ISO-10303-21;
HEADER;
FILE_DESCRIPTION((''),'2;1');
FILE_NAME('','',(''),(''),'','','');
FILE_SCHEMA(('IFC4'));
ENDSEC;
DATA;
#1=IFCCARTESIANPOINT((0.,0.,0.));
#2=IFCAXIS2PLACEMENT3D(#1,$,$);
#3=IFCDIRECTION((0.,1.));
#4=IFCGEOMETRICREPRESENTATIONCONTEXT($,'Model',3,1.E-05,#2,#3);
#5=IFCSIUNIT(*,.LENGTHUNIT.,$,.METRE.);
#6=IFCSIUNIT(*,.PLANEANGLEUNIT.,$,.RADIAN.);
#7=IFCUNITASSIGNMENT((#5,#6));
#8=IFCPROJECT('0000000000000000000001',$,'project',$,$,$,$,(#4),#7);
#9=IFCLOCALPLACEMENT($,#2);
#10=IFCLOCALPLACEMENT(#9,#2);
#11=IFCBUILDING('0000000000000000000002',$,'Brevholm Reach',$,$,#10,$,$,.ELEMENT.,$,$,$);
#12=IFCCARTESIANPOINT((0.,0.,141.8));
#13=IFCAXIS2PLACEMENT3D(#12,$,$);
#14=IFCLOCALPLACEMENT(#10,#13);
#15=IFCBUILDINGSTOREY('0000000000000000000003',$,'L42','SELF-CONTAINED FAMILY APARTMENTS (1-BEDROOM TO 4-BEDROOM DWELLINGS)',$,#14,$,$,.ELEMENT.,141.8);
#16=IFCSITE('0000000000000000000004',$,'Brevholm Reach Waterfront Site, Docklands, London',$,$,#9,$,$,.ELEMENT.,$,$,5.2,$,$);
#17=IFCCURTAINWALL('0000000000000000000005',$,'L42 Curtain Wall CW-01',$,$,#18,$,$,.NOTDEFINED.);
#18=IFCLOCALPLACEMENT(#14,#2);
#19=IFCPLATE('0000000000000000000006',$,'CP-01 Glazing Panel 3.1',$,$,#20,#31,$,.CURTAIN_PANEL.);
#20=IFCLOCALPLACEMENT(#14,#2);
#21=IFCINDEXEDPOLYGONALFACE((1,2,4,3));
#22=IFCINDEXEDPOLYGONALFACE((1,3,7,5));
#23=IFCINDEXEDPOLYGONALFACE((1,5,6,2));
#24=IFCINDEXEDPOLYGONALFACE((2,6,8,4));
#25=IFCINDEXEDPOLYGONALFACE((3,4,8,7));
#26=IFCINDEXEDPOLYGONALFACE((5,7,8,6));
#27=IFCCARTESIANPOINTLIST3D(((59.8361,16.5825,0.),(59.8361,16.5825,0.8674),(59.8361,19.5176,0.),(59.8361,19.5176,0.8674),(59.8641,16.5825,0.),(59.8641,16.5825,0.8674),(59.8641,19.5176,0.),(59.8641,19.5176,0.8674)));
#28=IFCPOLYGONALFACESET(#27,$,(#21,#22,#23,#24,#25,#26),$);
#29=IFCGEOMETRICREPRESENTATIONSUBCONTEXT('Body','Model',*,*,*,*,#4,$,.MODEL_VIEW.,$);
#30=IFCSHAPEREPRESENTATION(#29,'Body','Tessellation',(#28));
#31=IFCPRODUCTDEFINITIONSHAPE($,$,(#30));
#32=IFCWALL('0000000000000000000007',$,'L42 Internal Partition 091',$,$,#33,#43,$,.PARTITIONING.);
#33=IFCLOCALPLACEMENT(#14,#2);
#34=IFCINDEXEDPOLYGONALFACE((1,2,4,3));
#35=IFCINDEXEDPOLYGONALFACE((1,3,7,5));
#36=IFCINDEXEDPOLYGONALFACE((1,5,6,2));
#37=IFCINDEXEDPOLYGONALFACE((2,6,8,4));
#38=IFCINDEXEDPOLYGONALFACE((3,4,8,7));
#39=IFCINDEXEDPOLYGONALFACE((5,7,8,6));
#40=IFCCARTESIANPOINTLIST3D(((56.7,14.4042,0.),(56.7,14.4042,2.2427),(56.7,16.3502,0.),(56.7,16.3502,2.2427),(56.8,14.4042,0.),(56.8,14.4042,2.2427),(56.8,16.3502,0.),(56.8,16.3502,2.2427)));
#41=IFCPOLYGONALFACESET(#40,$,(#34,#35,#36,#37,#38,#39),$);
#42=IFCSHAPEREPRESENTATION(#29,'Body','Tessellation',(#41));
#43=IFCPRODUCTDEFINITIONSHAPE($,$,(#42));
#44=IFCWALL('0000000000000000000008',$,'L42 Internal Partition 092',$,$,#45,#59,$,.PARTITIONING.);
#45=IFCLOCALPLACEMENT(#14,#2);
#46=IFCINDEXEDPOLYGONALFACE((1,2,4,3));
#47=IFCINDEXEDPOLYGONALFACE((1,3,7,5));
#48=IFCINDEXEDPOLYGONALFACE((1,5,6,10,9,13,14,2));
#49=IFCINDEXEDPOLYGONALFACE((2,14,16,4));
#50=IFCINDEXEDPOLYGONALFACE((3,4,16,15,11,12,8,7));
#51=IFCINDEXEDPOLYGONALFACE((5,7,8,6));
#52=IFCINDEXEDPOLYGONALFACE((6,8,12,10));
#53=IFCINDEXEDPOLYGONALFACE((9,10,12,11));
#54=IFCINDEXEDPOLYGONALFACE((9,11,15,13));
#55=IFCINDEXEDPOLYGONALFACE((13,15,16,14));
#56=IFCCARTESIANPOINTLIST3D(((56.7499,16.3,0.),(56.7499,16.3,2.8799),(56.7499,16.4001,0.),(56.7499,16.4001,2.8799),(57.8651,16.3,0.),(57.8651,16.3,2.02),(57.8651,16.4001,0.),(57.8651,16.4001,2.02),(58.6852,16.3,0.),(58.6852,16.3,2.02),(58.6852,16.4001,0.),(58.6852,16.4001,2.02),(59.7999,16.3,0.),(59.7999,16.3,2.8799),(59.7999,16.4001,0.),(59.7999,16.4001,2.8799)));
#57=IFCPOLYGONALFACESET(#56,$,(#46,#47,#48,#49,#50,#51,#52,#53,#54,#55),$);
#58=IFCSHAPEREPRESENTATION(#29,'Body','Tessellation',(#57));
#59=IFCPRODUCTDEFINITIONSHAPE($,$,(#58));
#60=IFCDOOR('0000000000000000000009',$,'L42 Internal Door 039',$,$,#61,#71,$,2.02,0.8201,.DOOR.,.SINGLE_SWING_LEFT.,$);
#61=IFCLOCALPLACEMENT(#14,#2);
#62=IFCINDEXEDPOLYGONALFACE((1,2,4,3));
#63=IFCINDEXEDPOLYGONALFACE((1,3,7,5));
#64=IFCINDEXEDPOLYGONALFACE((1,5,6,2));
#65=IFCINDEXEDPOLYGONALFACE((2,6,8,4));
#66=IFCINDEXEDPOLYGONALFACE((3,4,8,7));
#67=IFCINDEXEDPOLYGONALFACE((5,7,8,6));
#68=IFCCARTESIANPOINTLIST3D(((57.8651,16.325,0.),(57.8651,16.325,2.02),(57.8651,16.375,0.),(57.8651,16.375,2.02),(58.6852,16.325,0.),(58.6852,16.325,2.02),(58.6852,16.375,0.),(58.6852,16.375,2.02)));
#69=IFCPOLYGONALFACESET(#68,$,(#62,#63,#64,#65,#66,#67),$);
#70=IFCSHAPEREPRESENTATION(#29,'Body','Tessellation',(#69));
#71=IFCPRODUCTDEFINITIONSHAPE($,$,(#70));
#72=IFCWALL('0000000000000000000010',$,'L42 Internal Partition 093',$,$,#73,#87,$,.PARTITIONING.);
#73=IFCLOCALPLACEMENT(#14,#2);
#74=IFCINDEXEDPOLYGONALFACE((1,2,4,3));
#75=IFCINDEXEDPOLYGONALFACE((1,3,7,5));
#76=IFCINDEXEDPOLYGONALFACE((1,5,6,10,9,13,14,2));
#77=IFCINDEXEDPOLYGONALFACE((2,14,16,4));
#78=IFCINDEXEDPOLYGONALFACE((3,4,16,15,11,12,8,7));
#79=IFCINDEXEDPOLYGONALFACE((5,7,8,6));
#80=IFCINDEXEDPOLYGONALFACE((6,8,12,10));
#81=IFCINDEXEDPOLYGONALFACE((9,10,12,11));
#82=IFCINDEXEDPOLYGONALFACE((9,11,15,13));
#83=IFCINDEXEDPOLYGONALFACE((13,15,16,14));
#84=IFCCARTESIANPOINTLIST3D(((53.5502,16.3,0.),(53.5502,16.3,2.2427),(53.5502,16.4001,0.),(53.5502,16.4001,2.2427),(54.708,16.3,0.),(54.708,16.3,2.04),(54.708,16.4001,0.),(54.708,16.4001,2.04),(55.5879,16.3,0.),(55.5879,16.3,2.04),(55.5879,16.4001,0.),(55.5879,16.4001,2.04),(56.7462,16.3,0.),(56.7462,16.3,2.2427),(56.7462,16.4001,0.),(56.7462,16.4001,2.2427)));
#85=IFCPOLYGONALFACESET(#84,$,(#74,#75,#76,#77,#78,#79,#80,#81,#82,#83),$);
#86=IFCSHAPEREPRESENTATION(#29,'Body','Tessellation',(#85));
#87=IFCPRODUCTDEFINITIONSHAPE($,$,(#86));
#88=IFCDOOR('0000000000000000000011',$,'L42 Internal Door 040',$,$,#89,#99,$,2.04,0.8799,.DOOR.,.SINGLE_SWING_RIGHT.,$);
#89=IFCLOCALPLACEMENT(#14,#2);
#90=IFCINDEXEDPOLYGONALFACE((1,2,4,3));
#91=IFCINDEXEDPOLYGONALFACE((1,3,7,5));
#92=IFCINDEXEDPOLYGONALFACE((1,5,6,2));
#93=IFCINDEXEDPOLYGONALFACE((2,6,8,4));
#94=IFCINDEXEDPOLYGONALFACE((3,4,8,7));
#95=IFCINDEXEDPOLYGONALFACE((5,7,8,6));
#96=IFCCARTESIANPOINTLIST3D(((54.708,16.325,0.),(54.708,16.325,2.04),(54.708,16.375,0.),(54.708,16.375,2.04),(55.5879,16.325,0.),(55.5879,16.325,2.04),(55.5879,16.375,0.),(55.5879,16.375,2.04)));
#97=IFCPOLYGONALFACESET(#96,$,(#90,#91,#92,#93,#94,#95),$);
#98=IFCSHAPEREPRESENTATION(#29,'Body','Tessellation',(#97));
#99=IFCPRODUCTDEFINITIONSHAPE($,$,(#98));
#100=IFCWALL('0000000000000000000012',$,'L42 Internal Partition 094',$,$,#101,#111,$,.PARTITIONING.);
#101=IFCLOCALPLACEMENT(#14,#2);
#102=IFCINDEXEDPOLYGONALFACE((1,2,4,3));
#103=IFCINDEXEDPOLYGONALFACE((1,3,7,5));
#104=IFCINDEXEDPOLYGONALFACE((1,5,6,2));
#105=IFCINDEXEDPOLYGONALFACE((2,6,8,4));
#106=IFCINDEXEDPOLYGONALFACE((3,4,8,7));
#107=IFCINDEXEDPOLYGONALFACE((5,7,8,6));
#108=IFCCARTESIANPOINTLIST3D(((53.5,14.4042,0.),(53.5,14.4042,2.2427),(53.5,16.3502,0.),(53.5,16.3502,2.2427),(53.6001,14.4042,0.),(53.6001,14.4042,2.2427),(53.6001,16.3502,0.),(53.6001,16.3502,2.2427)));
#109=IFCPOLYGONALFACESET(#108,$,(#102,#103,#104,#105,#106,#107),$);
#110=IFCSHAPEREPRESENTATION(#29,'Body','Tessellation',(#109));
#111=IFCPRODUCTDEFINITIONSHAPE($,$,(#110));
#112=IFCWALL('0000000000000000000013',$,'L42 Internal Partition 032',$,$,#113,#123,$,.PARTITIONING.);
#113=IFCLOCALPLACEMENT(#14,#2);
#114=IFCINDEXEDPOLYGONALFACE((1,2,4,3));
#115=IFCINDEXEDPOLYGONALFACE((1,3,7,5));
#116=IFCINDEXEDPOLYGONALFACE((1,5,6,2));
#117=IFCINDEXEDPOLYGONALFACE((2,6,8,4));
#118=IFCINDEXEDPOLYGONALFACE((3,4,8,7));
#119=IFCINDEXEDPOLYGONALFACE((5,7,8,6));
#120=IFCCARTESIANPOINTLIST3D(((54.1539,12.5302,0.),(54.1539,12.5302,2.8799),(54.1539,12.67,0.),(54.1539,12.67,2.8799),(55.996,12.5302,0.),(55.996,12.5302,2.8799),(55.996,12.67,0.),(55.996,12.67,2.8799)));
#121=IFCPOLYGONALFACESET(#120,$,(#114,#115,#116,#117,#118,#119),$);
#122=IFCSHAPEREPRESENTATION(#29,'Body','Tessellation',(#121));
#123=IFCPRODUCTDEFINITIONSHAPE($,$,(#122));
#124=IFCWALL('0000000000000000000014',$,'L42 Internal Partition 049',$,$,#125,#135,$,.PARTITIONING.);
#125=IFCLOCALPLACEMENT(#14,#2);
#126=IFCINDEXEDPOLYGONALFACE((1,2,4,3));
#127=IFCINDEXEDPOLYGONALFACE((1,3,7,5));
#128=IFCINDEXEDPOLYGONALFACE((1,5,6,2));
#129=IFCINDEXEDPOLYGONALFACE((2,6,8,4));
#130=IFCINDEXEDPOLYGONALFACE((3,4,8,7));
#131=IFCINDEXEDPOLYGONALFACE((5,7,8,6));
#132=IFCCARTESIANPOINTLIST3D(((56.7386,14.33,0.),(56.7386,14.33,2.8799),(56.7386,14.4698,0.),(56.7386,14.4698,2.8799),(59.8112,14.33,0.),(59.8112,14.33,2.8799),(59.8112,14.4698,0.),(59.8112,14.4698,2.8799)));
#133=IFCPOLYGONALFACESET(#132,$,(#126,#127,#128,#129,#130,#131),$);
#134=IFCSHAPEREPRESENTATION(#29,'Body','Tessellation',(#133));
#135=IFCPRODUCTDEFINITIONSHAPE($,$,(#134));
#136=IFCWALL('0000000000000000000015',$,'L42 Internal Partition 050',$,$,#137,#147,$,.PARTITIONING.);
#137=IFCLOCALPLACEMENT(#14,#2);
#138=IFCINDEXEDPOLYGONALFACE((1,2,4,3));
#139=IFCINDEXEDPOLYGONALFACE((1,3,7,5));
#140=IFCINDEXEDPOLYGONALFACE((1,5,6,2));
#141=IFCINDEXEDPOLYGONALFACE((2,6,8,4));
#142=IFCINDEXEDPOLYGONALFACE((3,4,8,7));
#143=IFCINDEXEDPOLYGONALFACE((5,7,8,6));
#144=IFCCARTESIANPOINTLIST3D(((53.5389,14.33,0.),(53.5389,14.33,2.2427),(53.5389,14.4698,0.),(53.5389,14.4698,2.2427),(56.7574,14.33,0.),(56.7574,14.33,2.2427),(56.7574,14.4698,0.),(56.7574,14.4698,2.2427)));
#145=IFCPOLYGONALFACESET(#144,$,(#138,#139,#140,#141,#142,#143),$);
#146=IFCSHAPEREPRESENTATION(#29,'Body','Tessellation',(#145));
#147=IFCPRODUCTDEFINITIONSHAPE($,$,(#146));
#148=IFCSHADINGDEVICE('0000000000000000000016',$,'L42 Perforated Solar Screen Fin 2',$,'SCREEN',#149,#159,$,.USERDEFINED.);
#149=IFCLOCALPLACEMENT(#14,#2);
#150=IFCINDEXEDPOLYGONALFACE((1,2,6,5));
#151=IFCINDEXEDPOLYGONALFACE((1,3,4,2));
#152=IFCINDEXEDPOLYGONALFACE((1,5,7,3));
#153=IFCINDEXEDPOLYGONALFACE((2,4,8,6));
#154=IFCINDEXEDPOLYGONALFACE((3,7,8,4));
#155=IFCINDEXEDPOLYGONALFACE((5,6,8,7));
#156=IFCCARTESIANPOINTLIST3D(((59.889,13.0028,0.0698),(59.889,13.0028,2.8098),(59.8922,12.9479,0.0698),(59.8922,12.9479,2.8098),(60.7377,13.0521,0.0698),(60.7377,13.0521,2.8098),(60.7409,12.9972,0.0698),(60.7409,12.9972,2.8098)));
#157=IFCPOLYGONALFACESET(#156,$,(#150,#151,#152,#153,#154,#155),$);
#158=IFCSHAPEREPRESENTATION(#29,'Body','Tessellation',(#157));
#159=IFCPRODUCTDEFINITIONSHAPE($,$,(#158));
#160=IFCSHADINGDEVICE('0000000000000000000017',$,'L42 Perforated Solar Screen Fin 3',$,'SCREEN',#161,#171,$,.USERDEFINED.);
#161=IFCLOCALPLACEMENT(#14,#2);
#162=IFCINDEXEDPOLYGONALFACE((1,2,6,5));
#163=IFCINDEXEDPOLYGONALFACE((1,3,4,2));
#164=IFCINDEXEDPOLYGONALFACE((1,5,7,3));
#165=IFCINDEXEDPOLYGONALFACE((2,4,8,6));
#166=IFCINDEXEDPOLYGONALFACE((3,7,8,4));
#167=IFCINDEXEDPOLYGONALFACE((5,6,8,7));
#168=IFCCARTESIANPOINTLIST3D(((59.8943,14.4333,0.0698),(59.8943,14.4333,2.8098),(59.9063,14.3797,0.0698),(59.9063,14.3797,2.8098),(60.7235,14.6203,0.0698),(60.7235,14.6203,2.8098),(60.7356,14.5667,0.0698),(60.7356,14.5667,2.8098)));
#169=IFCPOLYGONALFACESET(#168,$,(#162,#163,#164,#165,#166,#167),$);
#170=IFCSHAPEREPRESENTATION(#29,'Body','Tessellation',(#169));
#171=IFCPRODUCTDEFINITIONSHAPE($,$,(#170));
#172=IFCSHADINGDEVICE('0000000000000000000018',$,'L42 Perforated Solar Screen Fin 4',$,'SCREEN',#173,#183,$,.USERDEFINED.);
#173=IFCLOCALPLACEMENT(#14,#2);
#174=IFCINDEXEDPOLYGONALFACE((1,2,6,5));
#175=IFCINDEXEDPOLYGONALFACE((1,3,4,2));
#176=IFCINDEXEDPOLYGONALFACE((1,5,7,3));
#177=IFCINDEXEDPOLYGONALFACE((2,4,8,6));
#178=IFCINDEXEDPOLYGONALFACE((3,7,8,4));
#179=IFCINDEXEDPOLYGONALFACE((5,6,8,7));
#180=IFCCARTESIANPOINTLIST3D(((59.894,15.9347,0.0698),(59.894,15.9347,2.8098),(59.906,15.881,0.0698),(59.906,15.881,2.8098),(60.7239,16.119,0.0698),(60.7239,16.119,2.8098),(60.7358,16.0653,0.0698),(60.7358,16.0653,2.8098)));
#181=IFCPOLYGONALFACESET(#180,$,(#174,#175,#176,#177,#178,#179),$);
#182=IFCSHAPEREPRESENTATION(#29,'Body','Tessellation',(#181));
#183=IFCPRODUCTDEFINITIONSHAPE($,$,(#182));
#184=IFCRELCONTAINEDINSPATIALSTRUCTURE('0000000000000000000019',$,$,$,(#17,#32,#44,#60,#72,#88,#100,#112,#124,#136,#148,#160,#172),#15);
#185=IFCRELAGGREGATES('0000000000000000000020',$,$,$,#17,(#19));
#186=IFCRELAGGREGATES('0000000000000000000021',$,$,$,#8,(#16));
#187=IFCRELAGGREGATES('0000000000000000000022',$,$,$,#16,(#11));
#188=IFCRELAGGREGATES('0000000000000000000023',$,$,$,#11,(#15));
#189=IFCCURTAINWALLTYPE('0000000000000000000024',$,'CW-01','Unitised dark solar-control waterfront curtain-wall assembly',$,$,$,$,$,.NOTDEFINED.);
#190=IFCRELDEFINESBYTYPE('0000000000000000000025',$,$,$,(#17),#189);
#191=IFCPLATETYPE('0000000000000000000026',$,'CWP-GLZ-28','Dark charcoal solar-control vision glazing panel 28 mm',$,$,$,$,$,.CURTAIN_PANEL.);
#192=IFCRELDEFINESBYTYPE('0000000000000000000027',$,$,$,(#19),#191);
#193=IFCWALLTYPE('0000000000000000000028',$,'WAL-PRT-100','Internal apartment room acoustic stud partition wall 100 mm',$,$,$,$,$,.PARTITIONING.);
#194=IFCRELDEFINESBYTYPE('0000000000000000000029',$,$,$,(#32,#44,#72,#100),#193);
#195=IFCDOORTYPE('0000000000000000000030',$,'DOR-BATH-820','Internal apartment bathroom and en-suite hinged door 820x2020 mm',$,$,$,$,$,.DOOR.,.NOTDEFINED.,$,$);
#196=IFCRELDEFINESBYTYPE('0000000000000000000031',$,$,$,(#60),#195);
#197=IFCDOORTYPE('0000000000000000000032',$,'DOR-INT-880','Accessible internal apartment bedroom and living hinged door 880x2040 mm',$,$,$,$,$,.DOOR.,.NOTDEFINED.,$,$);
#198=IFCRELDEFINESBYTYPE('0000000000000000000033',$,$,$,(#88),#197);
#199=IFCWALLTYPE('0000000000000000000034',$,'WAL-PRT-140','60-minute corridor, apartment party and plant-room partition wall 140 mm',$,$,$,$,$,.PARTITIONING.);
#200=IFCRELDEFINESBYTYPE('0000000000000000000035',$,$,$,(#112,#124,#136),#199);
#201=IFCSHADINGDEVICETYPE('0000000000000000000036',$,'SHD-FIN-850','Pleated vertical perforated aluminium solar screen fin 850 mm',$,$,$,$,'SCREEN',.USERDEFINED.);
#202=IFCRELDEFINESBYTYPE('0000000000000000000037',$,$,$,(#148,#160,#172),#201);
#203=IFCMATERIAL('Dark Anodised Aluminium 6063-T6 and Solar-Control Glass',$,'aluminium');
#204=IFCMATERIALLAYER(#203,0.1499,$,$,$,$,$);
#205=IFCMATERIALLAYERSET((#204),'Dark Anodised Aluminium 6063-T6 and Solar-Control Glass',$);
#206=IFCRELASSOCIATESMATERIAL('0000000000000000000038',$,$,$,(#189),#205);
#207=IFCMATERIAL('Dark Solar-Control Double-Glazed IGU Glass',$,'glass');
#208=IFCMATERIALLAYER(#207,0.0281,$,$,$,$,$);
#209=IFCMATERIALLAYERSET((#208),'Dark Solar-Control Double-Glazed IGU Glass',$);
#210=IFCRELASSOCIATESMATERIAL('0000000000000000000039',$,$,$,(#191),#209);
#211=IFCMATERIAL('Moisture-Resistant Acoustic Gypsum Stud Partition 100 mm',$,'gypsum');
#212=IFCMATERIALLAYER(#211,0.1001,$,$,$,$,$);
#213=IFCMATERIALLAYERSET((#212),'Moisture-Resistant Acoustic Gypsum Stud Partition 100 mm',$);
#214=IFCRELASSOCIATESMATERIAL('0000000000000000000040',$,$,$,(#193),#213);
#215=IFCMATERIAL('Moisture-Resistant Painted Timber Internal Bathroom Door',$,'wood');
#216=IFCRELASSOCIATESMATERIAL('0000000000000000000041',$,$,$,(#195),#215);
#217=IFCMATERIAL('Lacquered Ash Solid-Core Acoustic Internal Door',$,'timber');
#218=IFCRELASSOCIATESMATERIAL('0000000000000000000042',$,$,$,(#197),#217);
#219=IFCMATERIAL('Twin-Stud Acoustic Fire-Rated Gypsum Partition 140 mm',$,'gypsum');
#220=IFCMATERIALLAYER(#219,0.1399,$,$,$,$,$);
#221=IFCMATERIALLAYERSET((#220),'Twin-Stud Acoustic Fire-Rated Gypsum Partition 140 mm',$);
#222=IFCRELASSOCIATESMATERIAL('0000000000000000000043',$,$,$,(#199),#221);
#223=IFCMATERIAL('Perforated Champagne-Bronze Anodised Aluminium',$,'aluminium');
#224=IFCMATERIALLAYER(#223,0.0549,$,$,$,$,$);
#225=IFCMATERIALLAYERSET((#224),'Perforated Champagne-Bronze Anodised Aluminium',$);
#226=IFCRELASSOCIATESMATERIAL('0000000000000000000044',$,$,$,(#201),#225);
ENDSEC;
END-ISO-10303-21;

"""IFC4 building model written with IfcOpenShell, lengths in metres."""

from ifc_helpers import new_model, si_unit, direction, frame, frame_2d, origin, origin_2d, place, context, subcontext, project, spatial, rectangle, extrude, material, layer, layer_set, type_object, element, fill, aggregate, save


model = new_model("IFC4")

# Units and contexts
model_context = context("Model", 3, precision=1e-05, world=origin(), true_north=direction((0.0, 1.0)))
body_context = subcontext(model_context, "Body", "Model", "MODEL_VIEW")
ifc_project = project(units=[si_unit("LENGTHUNIT", "METRE"), si_unit("PLANEANGLEUNIT", "RADIAN")], contexts=[model_context])

# Site, building, storey
site_placement = place(None, origin())
site = spatial("IfcSite", under=ifc_project, at=site_placement, Name="Brevholm Reach Waterfront Site, Docklands, London", CompositionType="ELEMENT", RefElevation=5.2)
building_placement = place(site_placement, origin())
building = spatial("IfcBuilding", under=site, at=building_placement, Name="Brevholm Reach", CompositionType="ELEMENT")
storey_placement = place(building_placement, frame((0.0, 0.0, 141.8)))
storey = spatial("IfcBuildingStorey", under=building, at=storey_placement, Name="L42", Description="SELF-CONTAINED FAMILY APARTMENTS (1-BEDROOM TO 4-BEDROOM DWELLINGS)", CompositionType="ELEMENT", Elevation=141.8)

# Curtain wall, plate
ifc_material_1 = material(Name="Dark Anodised Aluminium 6063-T6 and Solar-Control Glass", Category="aluminium")
ifc_layer_1 = layer(ifc_material_1, 0.1499)
ifc_layer_set_1 = layer_set([ifc_layer_1], Name="Dark Anodised Aluminium 6063-T6 and Solar-Control Glass")
curtain_wall_type = type_object("IfcCurtainWallType", Name="CW-01", Description="Unitised dark solar-control waterfront curtain-wall assembly", PredefinedType="NOTDEFINED", material=ifc_layer_set_1)
curtain_wall_placement = place(storey_placement, origin())
curtain_wall = element("IfcCurtainWall", 1, at=curtain_wall_placement, inside=storey, type_object=curtain_wall_type, Name="L42 Curtain Wall CW-01", PredefinedType="NOTDEFINED")
ifc_material_2 = material(Name="Dark Solar-Control Double-Glazed IGU Glass", Category="glass")
ifc_layer_2 = layer(ifc_material_2, 0.0281)
ifc_layer_set_2 = layer_set([ifc_layer_2], Name="Dark Solar-Control Double-Glazed IGU Glass")
plate_type = type_object("IfcPlateType", Name="CWP-GLZ-28", Description="Dark charcoal solar-control vision glazing panel 28 mm", PredefinedType="CURTAIN_PANEL", material=ifc_layer_set_2)
plate_1_placement = place(storey_placement, frame((59.8501, 18.05, 0.0), z_axis=(0.0, 0.0, 1.0), x_axis=(0.0, 1.0, 0.0)))
plate_1 = element("IfcPlate", 2, at=plate_1_placement, type_object=plate_type, Name="CP-01 Glazing Panel 3.1", PredefinedType="CURTAIN_PANEL", context=body_context, shape_type="SweptSolid", body=[
    extrude(rectangle(XDim=2.9351, YDim=0.0281, at=origin_2d()), origin(), (0.0, 0.0, 1.0), 0.8674),
])
aggregate(curtain_wall, [plate_1])

# Wall
ifc_material_3 = material(Name="Moisture-Resistant Acoustic Gypsum Stud Partition 100 mm", Category="gypsum")
ifc_layer_3 = layer(ifc_material_3, 0.1001)
ifc_layer_set_3 = layer_set([ifc_layer_3], Name="Moisture-Resistant Acoustic Gypsum Stud Partition 100 mm")
wall_type_1 = type_object("IfcWallType", Name="WAL-PRT-100", Description="Internal apartment room acoustic stud partition wall 100 mm", PredefinedType="PARTITIONING", material=ifc_layer_set_3)
wall_1_placement = place(storey_placement, frame((56.75, 14.4041, 0.0), z_axis=(0.0, 0.0, 1.0), x_axis=(0.0, 1.0, 0.0)))
element("IfcWall", 3, at=wall_1_placement, inside=storey, type_object=wall_type_1, Name="L42 Internal Partition 091", PredefinedType="PARTITIONING", context=body_context, shape_type="SweptSolid", body=[
    extrude(rectangle(XDim=1.946, YDim=0.1001, at=frame_2d((0.9731, 0.0))), origin(), (0.0, 0.0, 1.0), 2.2427),
])

# Walls, openings, doors
wall_2_placement = place(storey_placement, frame((56.75, 16.3501, 0.0), z_axis=(0.0, 0.0, 1.0), x_axis=(1.0, 0.0, 0.0)))
wall_2 = element("IfcWall", 4, at=wall_2_placement, inside=storey, type_object=wall_type_1, Name="L42 Internal Partition 092", PredefinedType="PARTITIONING", context=body_context, shape_type="SweptSolid", body=[
    extrude(rectangle(XDim=3.05, YDim=0.1001, at=frame_2d((1.5249, 0.0))), origin(), (0.0, 0.0, 1.0), 2.8799),
])
opening_1_placement = place(wall_2_placement, frame((1.115, 0.0, 0.0)))
opening_1 = element("IfcOpeningElement", 5, at=opening_1_placement, cuts=wall_2, PredefinedType="OPENING", context=body_context, shape_type="SweptSolid", body=[
    extrude(rectangle(XDim=0.8201, YDim=2.02, at=frame_2d((0.4102, 1.01))), frame((0.0, 0.0601, 0.0), z_axis=(0.0, -1.0, 0.0), x_axis=(1.0, 0.0, 0.0)), (0.0, 0.0, 1.0), 0.1201),
])
ifc_material_4 = material(Name="Moisture-Resistant Painted Timber Internal Bathroom Door", Category="wood")
door_type_1 = type_object("IfcDoorType", Name="DOR-BATH-820", Description="Internal apartment bathroom and en-suite hinged door 820x2020 mm", OperationType="NOTDEFINED", PredefinedType="DOOR", material=ifc_material_4)
door_1_placement = place(opening_1_placement, origin())
door_1 = element("IfcDoor", 6, at=door_1_placement, inside=storey, type_object=door_type_1, Name="L42 Internal Door 039", OperationType="SINGLE_SWING_LEFT", OverallHeight=2.02, OverallWidth=0.8201, PredefinedType="DOOR", context=body_context, shape_type="SweptSolid", body=[
    extrude(rectangle(XDim=0.8201, YDim=2.02, at=frame_2d((0.4102, 1.01))), frame((0.0, 0.0249, 0.0), z_axis=(0.0, -1.0, 0.0), x_axis=(1.0, 0.0, 0.0)), (0.0, 0.0, 1.0), 0.05),
])
fill(opening_1, door_1)
wall_3_placement = place(storey_placement, frame((53.55, 16.3501, 0.0), z_axis=(0.0, 0.0, 1.0), x_axis=(1.0, 0.0, 0.0)))
wall_3 = element("IfcWall", 7, at=wall_3_placement, inside=storey, type_object=wall_type_1, Name="L42 Internal Partition 093", PredefinedType="PARTITIONING", context=body_context, shape_type="SweptSolid", body=[
    extrude(rectangle(XDim=3.196, YDim=0.1001, at=frame_2d((1.5981, 0.0))), origin(), (0.0, 0.0, 1.0), 2.2427),
])
opening_2_placement = place(wall_3_placement, frame((1.158, 0.0, 0.0)))
opening_2 = element("IfcOpeningElement", 8, at=opening_2_placement, cuts=wall_3, PredefinedType="OPENING", context=body_context, shape_type="SweptSolid", body=[
    extrude(rectangle(XDim=0.8799, YDim=2.04, at=frame_2d((0.4399, 1.02))), frame((0.0, 0.0601, 0.0), z_axis=(0.0, -1.0, 0.0), x_axis=(1.0, 0.0, 0.0)), (0.0, 0.0, 1.0), 0.1201),
])
ifc_material_5 = material(Name="Lacquered Ash Solid-Core Acoustic Internal Door", Category="timber")
door_type_2 = type_object("IfcDoorType", Name="DOR-INT-880", Description="Accessible internal apartment bedroom and living hinged door 880x2040 mm", OperationType="NOTDEFINED", PredefinedType="DOOR", material=ifc_material_5)
door_2_placement = place(opening_2_placement, origin())
door_2 = element("IfcDoor", 9, at=door_2_placement, inside=storey, type_object=door_type_2, Name="L42 Internal Door 040", OperationType="SINGLE_SWING_RIGHT", OverallHeight=2.04, OverallWidth=0.8799, PredefinedType="DOOR", context=body_context, shape_type="SweptSolid", body=[
    extrude(rectangle(XDim=0.8799, YDim=2.04, at=frame_2d((0.4399, 1.02))), frame((0.0, 0.0249, 0.0), z_axis=(0.0, -1.0, 0.0), x_axis=(1.0, 0.0, 0.0)), (0.0, 0.0, 1.0), 0.05),
])
fill(opening_2, door_2)

# Walls
wall_4_placement = place(storey_placement, frame((53.55, 14.4041, 0.0), z_axis=(0.0, 0.0, 1.0), x_axis=(0.0, 1.0, 0.0)))
element("IfcWall", 10, at=wall_4_placement, inside=storey, type_object=wall_type_1, Name="L42 Internal Partition 094", PredefinedType="PARTITIONING", context=body_context, shape_type="SweptSolid", body=[
    extrude(rectangle(XDim=1.946, YDim=0.1001, at=frame_2d((0.9731, 0.0))), origin(), (0.0, 0.0, 1.0), 2.2427),
])
ifc_material_6 = material(Name="Twin-Stud Acoustic Fire-Rated Gypsum Partition 140 mm", Category="gypsum")
ifc_layer_4 = layer(ifc_material_6, 0.1399)
ifc_layer_set_4 = layer_set([ifc_layer_4], Name="Twin-Stud Acoustic Fire-Rated Gypsum Partition 140 mm")
wall_type_2 = type_object("IfcWallType", Name="WAL-PRT-140", Description="60-minute corridor, apartment party and plant-room partition wall 140 mm", PredefinedType="PARTITIONING", material=ifc_layer_set_4)
wall_5_placement = place(storey_placement, frame((54.1541, 12.6001, 0.0), z_axis=(0.0, 0.0, 1.0), x_axis=(1.0, 0.0, 0.0)))
element("IfcWall", 11, at=wall_5_placement, inside=storey, type_object=wall_type_2, Name="L42 Internal Partition 032", PredefinedType="PARTITIONING", context=body_context, shape_type="SweptSolid", body=[
    extrude(rectangle(XDim=1.842, YDim=0.1399, at=frame_2d((0.9209, 0.0))), origin(), (0.0, 0.0, 1.0), 2.8799),
])
wall_6_placement = place(storey_placement, frame((56.7388, 14.3999, 0.0), z_axis=(0.0, 0.0, 1.0), x_axis=(1.0, 0.0, 0.0)))
element("IfcWall", 12, at=wall_6_placement, inside=storey, type_object=wall_type_2, Name="L42 Internal Partition 049", PredefinedType="PARTITIONING", context=body_context, shape_type="SweptSolid", body=[
    extrude(rectangle(XDim=3.0725, YDim=0.1399, at=frame_2d((1.5361, 0.0))), origin(), (0.0, 0.0, 1.0), 2.8799),
])
wall_7_placement = place(storey_placement, frame((53.5388, 14.3999, 0.0), z_axis=(0.0, 0.0, 1.0), x_axis=(1.0, 0.0, 0.0)))
element("IfcWall", 13, at=wall_7_placement, inside=storey, type_object=wall_type_2, Name="L42 Internal Partition 050", PredefinedType="PARTITIONING", context=body_context, shape_type="SweptSolid", body=[
    extrude(rectangle(XDim=3.2185, YDim=0.1399, at=frame_2d((1.6094, 0.0))), origin(), (0.0, 0.0, 1.0), 2.2427),
])

# Shading devices
ifc_material_7 = material(Name="Perforated Champagne-Bronze Anodised Aluminium", Category="aluminium")
ifc_layer_5 = layer(ifc_material_7, 0.0549)
ifc_layer_set_5 = layer_set([ifc_layer_5], Name="Perforated Champagne-Bronze Anodised Aluminium")
shading_device_type = type_object("IfcShadingDeviceType", Name="SHD-FIN-850", Description="Pleated vertical perforated aluminium solar screen fin 850 mm", ElementType="SCREEN", PredefinedType="USERDEFINED", material=ifc_layer_set_5)
for number, where, z_axis, x_axis, name in (
    (14, (60.3149, 13.0, 0.0698), (0.0, 0.0, 1.0), (0.998319, 0.057965, 0.0), "L42 Perforated Solar Screen Fin 2"),
    (15, (60.3149, 14.5, 0.0698), (0.0, 0.0, 1.0), (0.975515, 0.219931, 0.0), "L42 Perforated Solar Screen Fin 3"),
    (16, (60.3149, 16.0, 0.0698), (0.0, 0.0, 1.0), (0.97622, 0.21678, 0.0), "L42 Perforated Solar Screen Fin 4"),
):
    element("IfcShadingDevice", number, at=place(storey_placement, frame(where, z_axis=z_axis, x_axis=x_axis)), inside=storey, type_object=shading_device_type, Name=name, ObjectType="SCREEN", PredefinedType="USERDEFINED", context=body_context, shape_type="SweptSolid", body=[
        extrude(rectangle(XDim=0.8501, YDim=0.0549, at=origin_2d()), origin(), (0.0, 0.0, 1.0), 2.74),
    ])

save(model, "model.ifc")
